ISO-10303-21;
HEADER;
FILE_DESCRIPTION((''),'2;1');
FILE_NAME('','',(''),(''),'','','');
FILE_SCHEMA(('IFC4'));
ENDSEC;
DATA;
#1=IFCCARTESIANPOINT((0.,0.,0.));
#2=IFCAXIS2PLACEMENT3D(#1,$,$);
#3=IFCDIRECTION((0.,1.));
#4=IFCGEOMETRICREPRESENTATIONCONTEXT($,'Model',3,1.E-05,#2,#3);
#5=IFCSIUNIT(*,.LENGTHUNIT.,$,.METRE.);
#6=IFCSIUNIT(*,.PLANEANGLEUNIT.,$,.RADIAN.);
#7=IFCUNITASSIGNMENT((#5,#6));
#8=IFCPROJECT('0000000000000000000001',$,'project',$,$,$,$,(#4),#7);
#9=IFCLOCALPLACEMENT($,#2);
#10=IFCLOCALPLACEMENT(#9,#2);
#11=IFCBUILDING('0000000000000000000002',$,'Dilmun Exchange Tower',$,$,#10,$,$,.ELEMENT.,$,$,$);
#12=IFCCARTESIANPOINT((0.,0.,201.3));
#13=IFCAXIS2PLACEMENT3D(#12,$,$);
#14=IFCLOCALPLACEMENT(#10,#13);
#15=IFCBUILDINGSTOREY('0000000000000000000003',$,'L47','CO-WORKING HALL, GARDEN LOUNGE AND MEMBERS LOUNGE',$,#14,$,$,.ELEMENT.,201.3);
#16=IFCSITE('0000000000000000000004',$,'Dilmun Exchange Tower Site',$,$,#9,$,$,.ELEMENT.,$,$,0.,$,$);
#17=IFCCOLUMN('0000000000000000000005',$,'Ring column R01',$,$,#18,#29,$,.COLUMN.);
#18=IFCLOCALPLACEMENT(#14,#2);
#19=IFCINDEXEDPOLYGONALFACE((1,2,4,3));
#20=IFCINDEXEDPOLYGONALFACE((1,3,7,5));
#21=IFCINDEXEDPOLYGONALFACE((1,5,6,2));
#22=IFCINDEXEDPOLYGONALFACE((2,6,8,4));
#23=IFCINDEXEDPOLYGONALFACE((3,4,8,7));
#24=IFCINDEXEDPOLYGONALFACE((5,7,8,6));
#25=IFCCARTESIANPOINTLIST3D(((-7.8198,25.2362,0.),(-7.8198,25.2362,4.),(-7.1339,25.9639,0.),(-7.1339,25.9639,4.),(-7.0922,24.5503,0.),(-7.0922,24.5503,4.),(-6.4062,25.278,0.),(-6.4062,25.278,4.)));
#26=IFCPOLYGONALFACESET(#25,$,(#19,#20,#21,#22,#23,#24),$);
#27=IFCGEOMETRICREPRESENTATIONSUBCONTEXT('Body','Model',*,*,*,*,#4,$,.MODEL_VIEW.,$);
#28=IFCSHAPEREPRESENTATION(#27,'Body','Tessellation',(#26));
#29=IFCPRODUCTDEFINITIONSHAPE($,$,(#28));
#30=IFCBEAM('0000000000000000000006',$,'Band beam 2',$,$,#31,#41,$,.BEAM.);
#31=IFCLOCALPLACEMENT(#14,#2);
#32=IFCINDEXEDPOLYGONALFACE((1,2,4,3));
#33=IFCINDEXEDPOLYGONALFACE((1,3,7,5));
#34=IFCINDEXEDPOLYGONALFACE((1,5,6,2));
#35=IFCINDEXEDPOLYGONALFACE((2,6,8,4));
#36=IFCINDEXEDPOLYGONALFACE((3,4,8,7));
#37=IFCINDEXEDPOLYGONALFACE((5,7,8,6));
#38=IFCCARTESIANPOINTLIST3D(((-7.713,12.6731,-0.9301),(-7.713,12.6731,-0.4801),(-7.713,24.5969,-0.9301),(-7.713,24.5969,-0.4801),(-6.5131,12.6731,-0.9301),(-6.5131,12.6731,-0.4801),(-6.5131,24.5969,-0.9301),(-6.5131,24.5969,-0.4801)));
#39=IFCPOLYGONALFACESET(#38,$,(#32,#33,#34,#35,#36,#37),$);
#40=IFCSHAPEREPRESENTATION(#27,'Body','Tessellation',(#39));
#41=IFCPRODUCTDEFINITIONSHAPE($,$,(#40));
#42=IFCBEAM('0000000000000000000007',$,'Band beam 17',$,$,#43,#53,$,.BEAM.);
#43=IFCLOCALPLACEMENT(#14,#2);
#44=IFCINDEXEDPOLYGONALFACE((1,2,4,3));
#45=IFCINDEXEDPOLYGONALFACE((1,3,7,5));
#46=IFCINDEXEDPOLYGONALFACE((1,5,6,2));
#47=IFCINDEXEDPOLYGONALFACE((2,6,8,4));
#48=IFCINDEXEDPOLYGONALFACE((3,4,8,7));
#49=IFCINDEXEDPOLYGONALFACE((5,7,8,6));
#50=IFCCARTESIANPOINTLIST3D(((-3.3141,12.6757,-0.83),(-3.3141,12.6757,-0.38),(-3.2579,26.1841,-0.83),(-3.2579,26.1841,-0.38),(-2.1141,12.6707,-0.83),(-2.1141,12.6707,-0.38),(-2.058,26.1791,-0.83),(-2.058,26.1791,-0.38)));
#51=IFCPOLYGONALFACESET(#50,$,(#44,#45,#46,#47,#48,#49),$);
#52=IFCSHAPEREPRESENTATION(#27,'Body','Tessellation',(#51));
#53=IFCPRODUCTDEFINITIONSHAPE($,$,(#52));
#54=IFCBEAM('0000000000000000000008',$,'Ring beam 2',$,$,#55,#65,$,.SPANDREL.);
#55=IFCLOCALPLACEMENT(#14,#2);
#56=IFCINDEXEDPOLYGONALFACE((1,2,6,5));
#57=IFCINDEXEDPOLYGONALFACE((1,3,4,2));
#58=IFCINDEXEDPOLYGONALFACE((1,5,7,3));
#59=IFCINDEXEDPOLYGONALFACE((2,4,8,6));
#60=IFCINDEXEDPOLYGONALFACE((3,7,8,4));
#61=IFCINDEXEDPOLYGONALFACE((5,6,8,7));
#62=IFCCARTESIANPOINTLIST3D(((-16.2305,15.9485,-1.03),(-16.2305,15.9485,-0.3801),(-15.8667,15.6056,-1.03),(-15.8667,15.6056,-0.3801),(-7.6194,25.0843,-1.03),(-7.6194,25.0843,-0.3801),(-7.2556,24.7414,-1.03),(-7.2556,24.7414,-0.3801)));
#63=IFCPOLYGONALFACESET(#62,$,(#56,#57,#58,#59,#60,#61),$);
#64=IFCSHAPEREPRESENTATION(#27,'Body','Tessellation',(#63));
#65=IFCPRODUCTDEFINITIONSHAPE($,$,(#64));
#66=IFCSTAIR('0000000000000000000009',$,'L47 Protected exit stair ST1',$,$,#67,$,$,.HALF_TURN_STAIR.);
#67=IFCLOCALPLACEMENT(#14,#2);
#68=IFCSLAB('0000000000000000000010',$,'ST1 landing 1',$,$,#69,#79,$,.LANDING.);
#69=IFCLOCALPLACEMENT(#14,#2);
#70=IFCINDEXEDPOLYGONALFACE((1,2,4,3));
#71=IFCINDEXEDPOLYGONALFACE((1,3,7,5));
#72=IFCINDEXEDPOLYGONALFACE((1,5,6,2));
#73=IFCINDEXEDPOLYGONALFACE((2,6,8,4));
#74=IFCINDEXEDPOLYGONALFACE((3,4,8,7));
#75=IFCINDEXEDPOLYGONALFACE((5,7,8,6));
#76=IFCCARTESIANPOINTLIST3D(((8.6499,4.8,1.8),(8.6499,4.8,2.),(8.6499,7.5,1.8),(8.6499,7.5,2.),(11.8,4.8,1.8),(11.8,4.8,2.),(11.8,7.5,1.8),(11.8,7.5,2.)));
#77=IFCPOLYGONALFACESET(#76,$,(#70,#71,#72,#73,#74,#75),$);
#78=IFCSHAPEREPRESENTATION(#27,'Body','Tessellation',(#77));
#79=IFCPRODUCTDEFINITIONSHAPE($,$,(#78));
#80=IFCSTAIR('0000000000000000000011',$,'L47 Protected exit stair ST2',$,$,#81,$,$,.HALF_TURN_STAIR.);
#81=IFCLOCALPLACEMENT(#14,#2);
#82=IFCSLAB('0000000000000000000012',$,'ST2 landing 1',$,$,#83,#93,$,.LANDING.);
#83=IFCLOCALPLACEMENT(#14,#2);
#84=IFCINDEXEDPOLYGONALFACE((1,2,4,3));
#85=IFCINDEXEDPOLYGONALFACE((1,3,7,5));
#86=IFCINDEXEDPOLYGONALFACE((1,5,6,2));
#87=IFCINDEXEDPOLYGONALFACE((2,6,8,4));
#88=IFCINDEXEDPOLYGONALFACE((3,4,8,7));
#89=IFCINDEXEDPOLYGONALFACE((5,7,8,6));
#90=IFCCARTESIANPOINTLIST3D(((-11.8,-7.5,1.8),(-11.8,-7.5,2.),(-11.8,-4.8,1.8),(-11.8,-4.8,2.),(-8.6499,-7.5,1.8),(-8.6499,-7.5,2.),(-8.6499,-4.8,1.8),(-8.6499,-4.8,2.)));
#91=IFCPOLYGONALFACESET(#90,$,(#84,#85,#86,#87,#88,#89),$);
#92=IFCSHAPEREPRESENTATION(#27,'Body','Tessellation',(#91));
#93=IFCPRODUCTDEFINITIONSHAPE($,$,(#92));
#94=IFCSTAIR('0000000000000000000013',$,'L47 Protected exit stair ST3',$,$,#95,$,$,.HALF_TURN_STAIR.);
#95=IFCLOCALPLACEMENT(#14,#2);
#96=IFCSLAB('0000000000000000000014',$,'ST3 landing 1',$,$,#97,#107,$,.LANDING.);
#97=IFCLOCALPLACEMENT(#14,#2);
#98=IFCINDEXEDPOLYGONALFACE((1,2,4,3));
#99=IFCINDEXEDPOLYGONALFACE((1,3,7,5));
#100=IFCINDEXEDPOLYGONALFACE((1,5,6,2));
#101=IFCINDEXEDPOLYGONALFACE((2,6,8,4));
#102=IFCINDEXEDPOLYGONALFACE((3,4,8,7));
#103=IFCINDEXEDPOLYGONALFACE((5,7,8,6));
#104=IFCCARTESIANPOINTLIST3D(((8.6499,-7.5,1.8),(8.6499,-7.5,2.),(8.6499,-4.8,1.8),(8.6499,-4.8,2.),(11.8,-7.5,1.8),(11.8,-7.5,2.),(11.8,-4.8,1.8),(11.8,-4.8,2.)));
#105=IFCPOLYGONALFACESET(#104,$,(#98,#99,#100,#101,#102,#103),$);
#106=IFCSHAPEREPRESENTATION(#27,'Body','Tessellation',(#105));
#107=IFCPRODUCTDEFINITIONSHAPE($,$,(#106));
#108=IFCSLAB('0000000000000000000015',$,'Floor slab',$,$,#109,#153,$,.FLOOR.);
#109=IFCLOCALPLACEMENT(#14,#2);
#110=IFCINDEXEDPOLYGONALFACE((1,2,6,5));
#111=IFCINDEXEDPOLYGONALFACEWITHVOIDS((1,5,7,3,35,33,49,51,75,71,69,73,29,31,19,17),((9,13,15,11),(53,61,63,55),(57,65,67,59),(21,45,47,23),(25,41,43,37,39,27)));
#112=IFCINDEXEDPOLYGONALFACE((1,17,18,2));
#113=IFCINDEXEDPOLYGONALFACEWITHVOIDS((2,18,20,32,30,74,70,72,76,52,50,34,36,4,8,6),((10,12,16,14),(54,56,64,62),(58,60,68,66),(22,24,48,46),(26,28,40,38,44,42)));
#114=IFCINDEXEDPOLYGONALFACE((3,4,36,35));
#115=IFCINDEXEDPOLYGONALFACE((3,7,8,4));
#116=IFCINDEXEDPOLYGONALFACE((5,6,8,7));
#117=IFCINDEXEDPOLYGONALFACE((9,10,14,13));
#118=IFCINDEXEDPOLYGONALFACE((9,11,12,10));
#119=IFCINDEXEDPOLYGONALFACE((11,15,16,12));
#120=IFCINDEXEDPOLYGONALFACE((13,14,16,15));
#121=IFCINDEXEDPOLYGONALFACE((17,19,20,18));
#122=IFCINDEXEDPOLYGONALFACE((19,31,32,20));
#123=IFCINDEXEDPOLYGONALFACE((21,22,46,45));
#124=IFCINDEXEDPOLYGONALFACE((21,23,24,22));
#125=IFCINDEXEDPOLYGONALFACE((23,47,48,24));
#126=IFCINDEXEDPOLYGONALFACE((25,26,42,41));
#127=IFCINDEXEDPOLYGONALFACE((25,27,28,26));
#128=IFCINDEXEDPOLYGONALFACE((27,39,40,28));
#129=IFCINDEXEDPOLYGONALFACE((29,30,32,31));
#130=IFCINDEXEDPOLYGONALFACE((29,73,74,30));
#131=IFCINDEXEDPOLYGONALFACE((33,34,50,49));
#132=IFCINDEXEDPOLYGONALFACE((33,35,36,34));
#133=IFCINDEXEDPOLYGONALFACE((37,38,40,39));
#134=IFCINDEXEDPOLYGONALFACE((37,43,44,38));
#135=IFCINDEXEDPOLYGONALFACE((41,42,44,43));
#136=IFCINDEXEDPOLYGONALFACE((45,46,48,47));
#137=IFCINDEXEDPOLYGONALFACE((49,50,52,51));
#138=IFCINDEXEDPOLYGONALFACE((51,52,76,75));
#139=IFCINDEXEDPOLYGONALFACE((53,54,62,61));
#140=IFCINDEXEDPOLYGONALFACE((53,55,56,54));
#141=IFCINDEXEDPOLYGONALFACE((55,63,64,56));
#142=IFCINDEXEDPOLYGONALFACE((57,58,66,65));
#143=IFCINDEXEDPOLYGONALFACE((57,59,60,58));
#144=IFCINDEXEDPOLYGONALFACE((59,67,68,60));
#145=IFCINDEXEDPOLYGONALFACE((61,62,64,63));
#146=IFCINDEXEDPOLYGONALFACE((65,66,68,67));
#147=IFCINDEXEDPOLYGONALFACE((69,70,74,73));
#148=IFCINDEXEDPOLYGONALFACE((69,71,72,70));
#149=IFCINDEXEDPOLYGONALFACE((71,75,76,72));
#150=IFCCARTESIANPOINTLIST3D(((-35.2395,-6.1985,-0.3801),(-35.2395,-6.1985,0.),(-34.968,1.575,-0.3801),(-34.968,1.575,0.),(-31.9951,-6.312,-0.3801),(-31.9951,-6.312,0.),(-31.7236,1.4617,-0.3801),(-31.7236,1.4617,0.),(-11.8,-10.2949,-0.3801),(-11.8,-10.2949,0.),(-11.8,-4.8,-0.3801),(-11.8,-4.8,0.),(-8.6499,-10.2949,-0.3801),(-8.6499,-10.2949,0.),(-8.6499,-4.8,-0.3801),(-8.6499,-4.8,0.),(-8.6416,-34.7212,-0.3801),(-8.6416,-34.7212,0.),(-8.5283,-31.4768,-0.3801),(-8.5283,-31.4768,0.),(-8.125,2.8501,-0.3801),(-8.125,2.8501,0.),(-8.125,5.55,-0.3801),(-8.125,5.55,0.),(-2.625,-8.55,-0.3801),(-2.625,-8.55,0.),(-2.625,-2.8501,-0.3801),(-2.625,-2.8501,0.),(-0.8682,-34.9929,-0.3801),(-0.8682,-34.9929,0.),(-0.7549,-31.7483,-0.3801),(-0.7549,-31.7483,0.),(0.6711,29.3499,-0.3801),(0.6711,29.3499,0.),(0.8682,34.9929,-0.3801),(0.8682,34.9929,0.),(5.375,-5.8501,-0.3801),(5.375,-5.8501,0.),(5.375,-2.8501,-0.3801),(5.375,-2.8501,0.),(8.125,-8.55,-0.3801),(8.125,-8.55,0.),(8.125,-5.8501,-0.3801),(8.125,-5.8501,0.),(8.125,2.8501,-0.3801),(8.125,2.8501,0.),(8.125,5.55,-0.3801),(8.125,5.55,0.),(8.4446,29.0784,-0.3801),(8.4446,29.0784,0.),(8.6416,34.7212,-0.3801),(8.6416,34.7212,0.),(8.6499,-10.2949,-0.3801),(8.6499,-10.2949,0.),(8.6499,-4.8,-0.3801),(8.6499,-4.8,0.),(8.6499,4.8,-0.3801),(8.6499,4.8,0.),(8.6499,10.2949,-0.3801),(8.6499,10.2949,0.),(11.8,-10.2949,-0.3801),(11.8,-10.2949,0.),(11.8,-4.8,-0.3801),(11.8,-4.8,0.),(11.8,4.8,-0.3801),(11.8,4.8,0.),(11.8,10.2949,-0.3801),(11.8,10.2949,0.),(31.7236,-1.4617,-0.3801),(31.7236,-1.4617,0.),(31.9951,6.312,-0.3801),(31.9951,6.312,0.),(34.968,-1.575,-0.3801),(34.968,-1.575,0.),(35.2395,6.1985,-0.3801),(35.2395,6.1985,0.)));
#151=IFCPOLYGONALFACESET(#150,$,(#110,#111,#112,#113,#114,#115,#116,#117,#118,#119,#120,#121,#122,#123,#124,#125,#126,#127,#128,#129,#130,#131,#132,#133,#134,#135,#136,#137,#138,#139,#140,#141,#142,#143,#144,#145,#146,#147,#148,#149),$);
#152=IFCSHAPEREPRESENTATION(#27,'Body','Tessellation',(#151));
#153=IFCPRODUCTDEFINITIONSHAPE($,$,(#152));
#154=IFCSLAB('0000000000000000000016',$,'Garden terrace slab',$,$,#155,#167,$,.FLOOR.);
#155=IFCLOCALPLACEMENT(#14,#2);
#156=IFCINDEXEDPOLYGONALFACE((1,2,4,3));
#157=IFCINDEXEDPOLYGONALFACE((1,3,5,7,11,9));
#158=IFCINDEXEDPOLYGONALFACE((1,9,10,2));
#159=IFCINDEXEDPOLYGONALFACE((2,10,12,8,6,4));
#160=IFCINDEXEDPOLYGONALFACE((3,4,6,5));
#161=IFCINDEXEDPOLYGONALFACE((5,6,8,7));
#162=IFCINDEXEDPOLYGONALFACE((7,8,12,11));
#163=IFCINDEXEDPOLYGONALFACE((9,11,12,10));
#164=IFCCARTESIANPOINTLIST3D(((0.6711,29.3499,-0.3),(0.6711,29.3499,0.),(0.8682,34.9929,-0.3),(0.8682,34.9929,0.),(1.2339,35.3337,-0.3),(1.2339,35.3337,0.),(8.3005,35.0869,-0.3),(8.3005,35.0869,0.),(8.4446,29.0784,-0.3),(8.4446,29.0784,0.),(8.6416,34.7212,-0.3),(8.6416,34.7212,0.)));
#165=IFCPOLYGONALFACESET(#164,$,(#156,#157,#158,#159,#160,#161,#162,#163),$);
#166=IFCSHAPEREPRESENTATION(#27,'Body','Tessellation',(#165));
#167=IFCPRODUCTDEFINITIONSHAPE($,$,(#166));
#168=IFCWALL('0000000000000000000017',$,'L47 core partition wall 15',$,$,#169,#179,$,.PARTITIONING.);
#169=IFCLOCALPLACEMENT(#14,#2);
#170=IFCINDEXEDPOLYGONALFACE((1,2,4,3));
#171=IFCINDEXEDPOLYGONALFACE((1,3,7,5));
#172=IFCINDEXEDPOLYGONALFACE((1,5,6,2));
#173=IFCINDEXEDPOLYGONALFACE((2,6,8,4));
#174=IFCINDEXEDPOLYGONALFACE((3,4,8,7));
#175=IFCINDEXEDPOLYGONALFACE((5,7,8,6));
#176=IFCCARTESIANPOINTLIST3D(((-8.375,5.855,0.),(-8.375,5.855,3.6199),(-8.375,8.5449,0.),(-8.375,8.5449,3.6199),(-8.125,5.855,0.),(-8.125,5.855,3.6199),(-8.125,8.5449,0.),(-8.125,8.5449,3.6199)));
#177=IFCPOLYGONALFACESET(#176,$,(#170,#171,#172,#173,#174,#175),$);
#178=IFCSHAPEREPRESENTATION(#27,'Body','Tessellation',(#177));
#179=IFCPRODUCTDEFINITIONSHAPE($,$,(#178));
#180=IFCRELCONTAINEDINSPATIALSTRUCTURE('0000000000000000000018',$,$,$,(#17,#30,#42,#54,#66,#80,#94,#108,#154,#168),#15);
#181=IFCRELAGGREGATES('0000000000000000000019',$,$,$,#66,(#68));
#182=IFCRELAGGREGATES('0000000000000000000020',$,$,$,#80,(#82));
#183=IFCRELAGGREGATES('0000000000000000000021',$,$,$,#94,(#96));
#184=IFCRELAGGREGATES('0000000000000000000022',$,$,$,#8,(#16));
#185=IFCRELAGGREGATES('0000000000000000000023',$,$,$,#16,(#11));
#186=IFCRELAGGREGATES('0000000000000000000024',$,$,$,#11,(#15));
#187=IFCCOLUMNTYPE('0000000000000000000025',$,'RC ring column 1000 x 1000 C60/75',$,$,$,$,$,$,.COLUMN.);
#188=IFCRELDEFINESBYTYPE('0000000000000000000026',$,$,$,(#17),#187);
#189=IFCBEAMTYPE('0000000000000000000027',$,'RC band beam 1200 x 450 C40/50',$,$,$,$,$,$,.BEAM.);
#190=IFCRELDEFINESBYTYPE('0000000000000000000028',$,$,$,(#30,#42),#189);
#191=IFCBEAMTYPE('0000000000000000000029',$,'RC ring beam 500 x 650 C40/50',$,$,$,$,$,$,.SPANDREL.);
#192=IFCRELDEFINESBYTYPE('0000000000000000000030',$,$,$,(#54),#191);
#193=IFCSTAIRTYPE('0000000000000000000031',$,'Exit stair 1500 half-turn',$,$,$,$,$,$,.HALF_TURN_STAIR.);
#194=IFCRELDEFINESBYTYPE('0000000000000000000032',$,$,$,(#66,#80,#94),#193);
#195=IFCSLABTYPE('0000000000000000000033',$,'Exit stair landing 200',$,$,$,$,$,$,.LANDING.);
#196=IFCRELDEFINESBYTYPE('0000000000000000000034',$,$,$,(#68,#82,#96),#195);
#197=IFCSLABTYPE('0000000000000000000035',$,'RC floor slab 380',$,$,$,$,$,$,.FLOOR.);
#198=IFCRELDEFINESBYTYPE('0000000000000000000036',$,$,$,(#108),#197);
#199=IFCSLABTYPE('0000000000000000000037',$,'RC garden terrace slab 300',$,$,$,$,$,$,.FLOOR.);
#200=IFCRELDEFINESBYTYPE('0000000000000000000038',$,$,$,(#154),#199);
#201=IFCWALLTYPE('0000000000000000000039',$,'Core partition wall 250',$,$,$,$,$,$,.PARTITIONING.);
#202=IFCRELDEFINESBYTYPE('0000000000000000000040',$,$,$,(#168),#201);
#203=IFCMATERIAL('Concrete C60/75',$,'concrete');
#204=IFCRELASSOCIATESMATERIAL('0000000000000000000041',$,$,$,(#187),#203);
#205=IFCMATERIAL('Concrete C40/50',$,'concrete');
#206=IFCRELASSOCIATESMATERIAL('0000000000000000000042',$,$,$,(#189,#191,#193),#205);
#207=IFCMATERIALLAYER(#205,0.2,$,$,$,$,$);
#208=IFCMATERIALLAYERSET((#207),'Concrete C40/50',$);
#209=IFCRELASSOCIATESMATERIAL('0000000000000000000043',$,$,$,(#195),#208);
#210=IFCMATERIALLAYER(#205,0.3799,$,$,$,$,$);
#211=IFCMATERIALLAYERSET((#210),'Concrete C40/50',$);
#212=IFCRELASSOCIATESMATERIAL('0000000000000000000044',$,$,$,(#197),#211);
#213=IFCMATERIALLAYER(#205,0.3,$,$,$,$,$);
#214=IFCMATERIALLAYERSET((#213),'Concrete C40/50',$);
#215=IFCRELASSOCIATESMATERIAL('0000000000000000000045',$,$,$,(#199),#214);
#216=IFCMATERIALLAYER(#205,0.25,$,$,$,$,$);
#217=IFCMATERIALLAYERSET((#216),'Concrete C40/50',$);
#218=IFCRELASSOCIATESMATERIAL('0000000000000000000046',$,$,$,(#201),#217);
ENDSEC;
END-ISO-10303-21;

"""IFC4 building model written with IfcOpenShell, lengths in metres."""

from ifc_helpers import new_model, si_unit, direction, frame, frame_2d, origin, origin_2d, place, context, subcontext, project, spatial, polyline, rectangle, outline, extrude, material, layer, layer_set, material_profile, profile_set, type_object, element, aggregate, save


model = new_model("IFC4")

# Units and contexts
model_context = context("Model", 3, precision=1e-05, world=origin(), true_north=direction((0.0, 1.0)))
body_context = subcontext(model_context, "Body", "Model", "MODEL_VIEW")
ifc_project = project(units=[si_unit("LENGTHUNIT", "METRE"), si_unit("PLANEANGLEUNIT", "RADIAN")], contexts=[model_context])

# Site, building, storey
site_placement = place(None, origin())
site = spatial("IfcSite", under=ifc_project, at=site_placement, Name="Dilmun Exchange Tower Site", CompositionType="ELEMENT", RefElevation=0.0)
building_placement = place(site_placement, origin())
building = spatial("IfcBuilding", under=site, at=building_placement, Name="Dilmun Exchange Tower", CompositionType="ELEMENT")
storey_placement = place(building_placement, frame((0.0, 0.0, 201.3)))
storey = spatial("IfcBuildingStorey", under=building, at=storey_placement, Name="L47", Description="CO-WORKING HALL, GARDEN LOUNGE AND MEMBERS LOUNGE", CompositionType="ELEMENT", Elevation=201.3)

# Column
ifc_material_1 = material(Name="Concrete C60/75", Category="concrete")
ifc_material_profile_1 = material_profile(ifc_material_1, rectangle(XDim=1.0, YDim=1.0, at=origin_2d()), Name="1000 x 1000")
ifc_profile_set_1 = profile_set([ifc_material_profile_1], Name="Concrete C60/75")
column_type = type_object("IfcColumnType", Name="RC ring column 1000 x 1000 C60/75", PredefinedType="COLUMN", material=ifc_profile_set_1)
column_placement = place(storey_placement, frame((-7.113, 25.2571, 0.0), z_axis=(0.0, 0.0, 1.0), x_axis=(0.685916, 0.727681, 0.0)))
element("IfcColumn", 1, at=column_placement, inside=storey, type_object=column_type, Name="Ring column R01", PredefinedType="COLUMN", context=body_context, shape_type="SweptSolid", body=[
    extrude(rectangle(XDim=1.0, YDim=1.0, at=origin_2d()), origin(), (0.0, 0.0, 1.0), 4.0),
])

# Beams
ifc_material_2 = material(Name="Concrete C40/50", Category="concrete")
ifc_material_profile_2 = material_profile(ifc_material_2, rectangle(XDim=1.2, YDim=0.45, at=origin_2d()), Name="1200 x 450")
ifc_profile_set_2 = profile_set([ifc_material_profile_2], Name="Concrete C40/50")
beam_type_1 = type_object("IfcBeamType", Name="RC band beam 1200 x 450 C40/50", PredefinedType="BEAM", material=ifc_profile_set_2)
beam_1_placement = place(storey_placement, frame((-7.113, 24.5969, -0.7051), z_axis=(0.0, -1.0, 0.0), x_axis=(1.0, 0.0, 0.0)))
element("IfcBeam", 2, at=beam_1_placement, inside=storey, type_object=beam_type_1, Name="Band beam 2", PredefinedType="BEAM", context=body_context, shape_type="SweptSolid", body=[
    extrude(rectangle(XDim=1.2, YDim=0.45, at=origin_2d()), origin(), (0.0, 0.0, 1.0), 11.9238),
])
beam_2_placement = place(storey_placement, frame((-2.658, 26.1816, -0.605), z_axis=(-0.004157, -0.999991, 0.0), x_axis=(0.999991, -0.004157, 0.0)))
element("IfcBeam", 3, at=beam_2_placement, inside=storey, type_object=beam_type_1, Name="Band beam 17", PredefinedType="BEAM", context=body_context, shape_type="SweptSolid", body=[
    extrude(rectangle(XDim=1.2, YDim=0.45, at=origin_2d()), origin(), (0.0, 0.0, 1.0), 13.5085),
])
ifc_material_profile_3 = material_profile(ifc_material_2, rectangle(XDim=0.5, YDim=0.6499, at=origin_2d()), Name="500 x 650")
ifc_profile_set_3 = profile_set([ifc_material_profile_3], Name="Concrete C40/50")
beam_type_2 = type_object("IfcBeamType", Name="RC ring beam 500 x 650 C40/50", PredefinedType="SPANDREL", material=ifc_profile_set_3)
beam_3_placement = place(storey_placement, frame((-7.4375, 24.9128, -0.7051), z_axis=(-0.685903, -0.727693, 0.0), x_axis=(0.727693, -0.685903, 0.0)))
element("IfcBeam", 4, at=beam_3_placement, inside=storey, type_object=beam_type_2, Name="Ring beam 2", PredefinedType="SPANDREL", context=body_context, shape_type="SweptSolid", body=[
    extrude(rectangle(XDim=0.5, YDim=0.6499, at=origin_2d()), origin(), (0.0, 0.0, 1.0), 12.5544),
])

# Stairs, slabs
stair_type = type_object("IfcStairType", Name="Exit stair 1500 half-turn", PredefinedType="HALF_TURN_STAIR", material=ifc_material_2)
stair_1_placement = place(storey_placement, origin())
stair_1 = element("IfcStair", 5, at=stair_1_placement, inside=storey, type_object=stair_type, Name="L47 Protected exit stair ST1", PredefinedType="HALF_TURN_STAIR")
ifc_layer_1 = layer(ifc_material_2, 0.2)
ifc_layer_set_1 = layer_set([ifc_layer_1], Name="Concrete C40/50")
slab_type_1 = type_object("IfcSlabType", Name="Exit stair landing 200", PredefinedType="LANDING", material=ifc_layer_set_1)
slab_1_placement = place(storey_placement, frame((0.0, 0.0, 1.8)))
slab_1 = element("IfcSlab", 6, at=slab_1_placement, type_object=slab_type_1, Name="ST1 landing 1", PredefinedType="LANDING", context=body_context, shape_type="SweptSolid", body=[
    extrude(outline(polyline([(8.6499, 7.5), (8.6499, 4.8), (11.8, 4.8), (11.8, 7.5), (8.6499, 7.5)])), origin(), (0.0, 0.0, 1.0), 0.2),
])
aggregate(stair_1, [slab_1])
stair_2_placement = place(storey_placement, origin())
stair_2 = element("IfcStair", 7, at=stair_2_placement, inside=storey, type_object=stair_type, Name="L47 Protected exit stair ST2", PredefinedType="HALF_TURN_STAIR")
slab_2_placement = place(storey_placement, frame((0.0, 0.0, 1.8)))
slab_2 = element("IfcSlab", 8, at=slab_2_placement, type_object=slab_type_1, Name="ST2 landing 1", PredefinedType="LANDING", context=body_context, shape_type="SweptSolid", body=[
    extrude(outline(polyline([(-8.6499, -7.5), (-8.6499, -4.8), (-11.8, -4.8), (-11.8, -7.5), (-8.6499, -7.5)])), origin(), (0.0, 0.0, 1.0), 0.2),
])
aggregate(stair_2, [slab_2])
stair_3_placement = place(storey_placement, origin())
stair_3 = element("IfcStair", 9, at=stair_3_placement, inside=storey, type_object=stair_type, Name="L47 Protected exit stair ST3", PredefinedType="HALF_TURN_STAIR")
slab_3_placement = place(storey_placement, frame((0.0, 0.0, 1.8)))
slab_3 = element("IfcSlab", 10, at=slab_3_placement, type_object=slab_type_1, Name="ST3 landing 1", PredefinedType="LANDING", context=body_context, shape_type="SweptSolid", body=[
    extrude(outline(polyline([(11.8, -7.5), (11.8, -4.8), (8.6499, -4.8), (8.6499, -7.5), (11.8, -7.5)])), origin(), (0.0, 0.0, 1.0), 0.2),
])
aggregate(stair_3, [slab_3])

# Slabs
ifc_layer_2 = layer(ifc_material_2, 0.3799)
ifc_layer_set_2 = layer_set([ifc_layer_2], Name="Concrete C40/50")
slab_type_2 = type_object("IfcSlabType", Name="RC floor slab 380", PredefinedType="FLOOR", material=ifc_layer_set_2)
slab_4_placement = place(storey_placement, frame((0.0, 0.0, -0.3801)))
element("IfcSlab", 11, at=slab_4_placement, inside=storey, type_object=slab_type_2, Name="Floor slab", PredefinedType="FLOOR", context=body_context, shape_type="SweptSolid", body=[
    extrude(outline(polyline([(31.9951, 6.312), (31.7236, -1.4617), (34.968, -1.575), (-0.8682, -34.9929), (-0.7549, -31.7483), (-8.5283, -31.4768), (-8.6416, -34.7212), (-35.2395, -6.1985), (-31.9951, -6.312), (-31.7236, 1.4617), (-34.968, 1.575), (0.8682, 34.9929), (0.6711, 29.3499), (8.4446, 29.0784), (8.6416, 34.7212), (35.2395, 6.1985), (31.9951, 6.312)]), holes=[polyline([(-8.6499, -4.8), (-11.8, -4.8), (-11.8, -10.2949), (-8.6499, -10.2949), (-8.6499, -4.8)]), polyline([(11.8, -4.8), (8.6499, -4.8), (8.6499, -10.2949), (11.8, -10.2949), (11.8, -4.8)]), polyline([(5.375, -2.8501), (-2.625, -2.8501), (-2.625, -8.55), (8.125, -8.55), (8.125, -5.8501), (5.375, -5.8501), (5.375, -2.8501)]), polyline([(8.125, 2.8501), (8.125, 5.55), (-8.125, 5.55), (-8.125, 2.8501), (8.125, 2.8501)]), polyline([(8.6499, 10.2949), (8.6499, 4.8), (11.8, 4.8), (11.8, 10.2949), (8.6499, 10.2949)])]), origin(), (0.0, 0.0, 1.0), 0.3801),
])
ifc_layer_3 = layer(ifc_material_2, 0.3)
ifc_layer_set_3 = layer_set([ifc_layer_3], Name="Concrete C40/50")
slab_type_3 = type_object("IfcSlabType", Name="RC garden terrace slab 300", PredefinedType="FLOOR", material=ifc_layer_set_3)
slab_5_placement = place(storey_placement, frame((0.0, 0.0, -0.3)))
element("IfcSlab", 12, at=slab_5_placement, inside=storey, type_object=slab_type_3, Name="Garden terrace slab", PredefinedType="FLOOR", context=body_context, shape_type="SweptSolid", body=[
    extrude(outline(polyline([(0.6711, 29.3499), (0.8682, 34.9929), (1.2339, 35.3337), (8.3005, 35.0869), (8.6416, 34.7212), (8.4446, 29.0784), (0.6711, 29.3499)])), origin(), (0.0, 0.0, 1.0), 0.3),
])

# Wall
ifc_layer_4 = layer(ifc_material_2, 0.25)
ifc_layer_set_4 = layer_set([ifc_layer_4], Name="Concrete C40/50")
wall_type_1 = type_object("IfcWallType", Name="Core partition wall 250", PredefinedType="PARTITIONING", material=ifc_layer_set_4)
wall_1_placement = place(storey_placement, frame((-8.25, 5.855, 0.0), z_axis=(0.0, 0.0, 1.0), x_axis=(0.0, 1.0, 0.0)))
element("IfcWall", 13, at=wall_1_placement, inside=storey, type_object=wall_type_1, Name="L47 core partition wall 15", PredefinedType="PARTITIONING", context=body_context, shape_type="SweptSolid", body=[
    extrude(rectangle(XDim=2.6899, YDim=0.25, at=frame_2d((1.345, 0.0))), origin(), (0.0, 0.0, 1.0), 3.6199),
])

save(model, "model.ifc")
